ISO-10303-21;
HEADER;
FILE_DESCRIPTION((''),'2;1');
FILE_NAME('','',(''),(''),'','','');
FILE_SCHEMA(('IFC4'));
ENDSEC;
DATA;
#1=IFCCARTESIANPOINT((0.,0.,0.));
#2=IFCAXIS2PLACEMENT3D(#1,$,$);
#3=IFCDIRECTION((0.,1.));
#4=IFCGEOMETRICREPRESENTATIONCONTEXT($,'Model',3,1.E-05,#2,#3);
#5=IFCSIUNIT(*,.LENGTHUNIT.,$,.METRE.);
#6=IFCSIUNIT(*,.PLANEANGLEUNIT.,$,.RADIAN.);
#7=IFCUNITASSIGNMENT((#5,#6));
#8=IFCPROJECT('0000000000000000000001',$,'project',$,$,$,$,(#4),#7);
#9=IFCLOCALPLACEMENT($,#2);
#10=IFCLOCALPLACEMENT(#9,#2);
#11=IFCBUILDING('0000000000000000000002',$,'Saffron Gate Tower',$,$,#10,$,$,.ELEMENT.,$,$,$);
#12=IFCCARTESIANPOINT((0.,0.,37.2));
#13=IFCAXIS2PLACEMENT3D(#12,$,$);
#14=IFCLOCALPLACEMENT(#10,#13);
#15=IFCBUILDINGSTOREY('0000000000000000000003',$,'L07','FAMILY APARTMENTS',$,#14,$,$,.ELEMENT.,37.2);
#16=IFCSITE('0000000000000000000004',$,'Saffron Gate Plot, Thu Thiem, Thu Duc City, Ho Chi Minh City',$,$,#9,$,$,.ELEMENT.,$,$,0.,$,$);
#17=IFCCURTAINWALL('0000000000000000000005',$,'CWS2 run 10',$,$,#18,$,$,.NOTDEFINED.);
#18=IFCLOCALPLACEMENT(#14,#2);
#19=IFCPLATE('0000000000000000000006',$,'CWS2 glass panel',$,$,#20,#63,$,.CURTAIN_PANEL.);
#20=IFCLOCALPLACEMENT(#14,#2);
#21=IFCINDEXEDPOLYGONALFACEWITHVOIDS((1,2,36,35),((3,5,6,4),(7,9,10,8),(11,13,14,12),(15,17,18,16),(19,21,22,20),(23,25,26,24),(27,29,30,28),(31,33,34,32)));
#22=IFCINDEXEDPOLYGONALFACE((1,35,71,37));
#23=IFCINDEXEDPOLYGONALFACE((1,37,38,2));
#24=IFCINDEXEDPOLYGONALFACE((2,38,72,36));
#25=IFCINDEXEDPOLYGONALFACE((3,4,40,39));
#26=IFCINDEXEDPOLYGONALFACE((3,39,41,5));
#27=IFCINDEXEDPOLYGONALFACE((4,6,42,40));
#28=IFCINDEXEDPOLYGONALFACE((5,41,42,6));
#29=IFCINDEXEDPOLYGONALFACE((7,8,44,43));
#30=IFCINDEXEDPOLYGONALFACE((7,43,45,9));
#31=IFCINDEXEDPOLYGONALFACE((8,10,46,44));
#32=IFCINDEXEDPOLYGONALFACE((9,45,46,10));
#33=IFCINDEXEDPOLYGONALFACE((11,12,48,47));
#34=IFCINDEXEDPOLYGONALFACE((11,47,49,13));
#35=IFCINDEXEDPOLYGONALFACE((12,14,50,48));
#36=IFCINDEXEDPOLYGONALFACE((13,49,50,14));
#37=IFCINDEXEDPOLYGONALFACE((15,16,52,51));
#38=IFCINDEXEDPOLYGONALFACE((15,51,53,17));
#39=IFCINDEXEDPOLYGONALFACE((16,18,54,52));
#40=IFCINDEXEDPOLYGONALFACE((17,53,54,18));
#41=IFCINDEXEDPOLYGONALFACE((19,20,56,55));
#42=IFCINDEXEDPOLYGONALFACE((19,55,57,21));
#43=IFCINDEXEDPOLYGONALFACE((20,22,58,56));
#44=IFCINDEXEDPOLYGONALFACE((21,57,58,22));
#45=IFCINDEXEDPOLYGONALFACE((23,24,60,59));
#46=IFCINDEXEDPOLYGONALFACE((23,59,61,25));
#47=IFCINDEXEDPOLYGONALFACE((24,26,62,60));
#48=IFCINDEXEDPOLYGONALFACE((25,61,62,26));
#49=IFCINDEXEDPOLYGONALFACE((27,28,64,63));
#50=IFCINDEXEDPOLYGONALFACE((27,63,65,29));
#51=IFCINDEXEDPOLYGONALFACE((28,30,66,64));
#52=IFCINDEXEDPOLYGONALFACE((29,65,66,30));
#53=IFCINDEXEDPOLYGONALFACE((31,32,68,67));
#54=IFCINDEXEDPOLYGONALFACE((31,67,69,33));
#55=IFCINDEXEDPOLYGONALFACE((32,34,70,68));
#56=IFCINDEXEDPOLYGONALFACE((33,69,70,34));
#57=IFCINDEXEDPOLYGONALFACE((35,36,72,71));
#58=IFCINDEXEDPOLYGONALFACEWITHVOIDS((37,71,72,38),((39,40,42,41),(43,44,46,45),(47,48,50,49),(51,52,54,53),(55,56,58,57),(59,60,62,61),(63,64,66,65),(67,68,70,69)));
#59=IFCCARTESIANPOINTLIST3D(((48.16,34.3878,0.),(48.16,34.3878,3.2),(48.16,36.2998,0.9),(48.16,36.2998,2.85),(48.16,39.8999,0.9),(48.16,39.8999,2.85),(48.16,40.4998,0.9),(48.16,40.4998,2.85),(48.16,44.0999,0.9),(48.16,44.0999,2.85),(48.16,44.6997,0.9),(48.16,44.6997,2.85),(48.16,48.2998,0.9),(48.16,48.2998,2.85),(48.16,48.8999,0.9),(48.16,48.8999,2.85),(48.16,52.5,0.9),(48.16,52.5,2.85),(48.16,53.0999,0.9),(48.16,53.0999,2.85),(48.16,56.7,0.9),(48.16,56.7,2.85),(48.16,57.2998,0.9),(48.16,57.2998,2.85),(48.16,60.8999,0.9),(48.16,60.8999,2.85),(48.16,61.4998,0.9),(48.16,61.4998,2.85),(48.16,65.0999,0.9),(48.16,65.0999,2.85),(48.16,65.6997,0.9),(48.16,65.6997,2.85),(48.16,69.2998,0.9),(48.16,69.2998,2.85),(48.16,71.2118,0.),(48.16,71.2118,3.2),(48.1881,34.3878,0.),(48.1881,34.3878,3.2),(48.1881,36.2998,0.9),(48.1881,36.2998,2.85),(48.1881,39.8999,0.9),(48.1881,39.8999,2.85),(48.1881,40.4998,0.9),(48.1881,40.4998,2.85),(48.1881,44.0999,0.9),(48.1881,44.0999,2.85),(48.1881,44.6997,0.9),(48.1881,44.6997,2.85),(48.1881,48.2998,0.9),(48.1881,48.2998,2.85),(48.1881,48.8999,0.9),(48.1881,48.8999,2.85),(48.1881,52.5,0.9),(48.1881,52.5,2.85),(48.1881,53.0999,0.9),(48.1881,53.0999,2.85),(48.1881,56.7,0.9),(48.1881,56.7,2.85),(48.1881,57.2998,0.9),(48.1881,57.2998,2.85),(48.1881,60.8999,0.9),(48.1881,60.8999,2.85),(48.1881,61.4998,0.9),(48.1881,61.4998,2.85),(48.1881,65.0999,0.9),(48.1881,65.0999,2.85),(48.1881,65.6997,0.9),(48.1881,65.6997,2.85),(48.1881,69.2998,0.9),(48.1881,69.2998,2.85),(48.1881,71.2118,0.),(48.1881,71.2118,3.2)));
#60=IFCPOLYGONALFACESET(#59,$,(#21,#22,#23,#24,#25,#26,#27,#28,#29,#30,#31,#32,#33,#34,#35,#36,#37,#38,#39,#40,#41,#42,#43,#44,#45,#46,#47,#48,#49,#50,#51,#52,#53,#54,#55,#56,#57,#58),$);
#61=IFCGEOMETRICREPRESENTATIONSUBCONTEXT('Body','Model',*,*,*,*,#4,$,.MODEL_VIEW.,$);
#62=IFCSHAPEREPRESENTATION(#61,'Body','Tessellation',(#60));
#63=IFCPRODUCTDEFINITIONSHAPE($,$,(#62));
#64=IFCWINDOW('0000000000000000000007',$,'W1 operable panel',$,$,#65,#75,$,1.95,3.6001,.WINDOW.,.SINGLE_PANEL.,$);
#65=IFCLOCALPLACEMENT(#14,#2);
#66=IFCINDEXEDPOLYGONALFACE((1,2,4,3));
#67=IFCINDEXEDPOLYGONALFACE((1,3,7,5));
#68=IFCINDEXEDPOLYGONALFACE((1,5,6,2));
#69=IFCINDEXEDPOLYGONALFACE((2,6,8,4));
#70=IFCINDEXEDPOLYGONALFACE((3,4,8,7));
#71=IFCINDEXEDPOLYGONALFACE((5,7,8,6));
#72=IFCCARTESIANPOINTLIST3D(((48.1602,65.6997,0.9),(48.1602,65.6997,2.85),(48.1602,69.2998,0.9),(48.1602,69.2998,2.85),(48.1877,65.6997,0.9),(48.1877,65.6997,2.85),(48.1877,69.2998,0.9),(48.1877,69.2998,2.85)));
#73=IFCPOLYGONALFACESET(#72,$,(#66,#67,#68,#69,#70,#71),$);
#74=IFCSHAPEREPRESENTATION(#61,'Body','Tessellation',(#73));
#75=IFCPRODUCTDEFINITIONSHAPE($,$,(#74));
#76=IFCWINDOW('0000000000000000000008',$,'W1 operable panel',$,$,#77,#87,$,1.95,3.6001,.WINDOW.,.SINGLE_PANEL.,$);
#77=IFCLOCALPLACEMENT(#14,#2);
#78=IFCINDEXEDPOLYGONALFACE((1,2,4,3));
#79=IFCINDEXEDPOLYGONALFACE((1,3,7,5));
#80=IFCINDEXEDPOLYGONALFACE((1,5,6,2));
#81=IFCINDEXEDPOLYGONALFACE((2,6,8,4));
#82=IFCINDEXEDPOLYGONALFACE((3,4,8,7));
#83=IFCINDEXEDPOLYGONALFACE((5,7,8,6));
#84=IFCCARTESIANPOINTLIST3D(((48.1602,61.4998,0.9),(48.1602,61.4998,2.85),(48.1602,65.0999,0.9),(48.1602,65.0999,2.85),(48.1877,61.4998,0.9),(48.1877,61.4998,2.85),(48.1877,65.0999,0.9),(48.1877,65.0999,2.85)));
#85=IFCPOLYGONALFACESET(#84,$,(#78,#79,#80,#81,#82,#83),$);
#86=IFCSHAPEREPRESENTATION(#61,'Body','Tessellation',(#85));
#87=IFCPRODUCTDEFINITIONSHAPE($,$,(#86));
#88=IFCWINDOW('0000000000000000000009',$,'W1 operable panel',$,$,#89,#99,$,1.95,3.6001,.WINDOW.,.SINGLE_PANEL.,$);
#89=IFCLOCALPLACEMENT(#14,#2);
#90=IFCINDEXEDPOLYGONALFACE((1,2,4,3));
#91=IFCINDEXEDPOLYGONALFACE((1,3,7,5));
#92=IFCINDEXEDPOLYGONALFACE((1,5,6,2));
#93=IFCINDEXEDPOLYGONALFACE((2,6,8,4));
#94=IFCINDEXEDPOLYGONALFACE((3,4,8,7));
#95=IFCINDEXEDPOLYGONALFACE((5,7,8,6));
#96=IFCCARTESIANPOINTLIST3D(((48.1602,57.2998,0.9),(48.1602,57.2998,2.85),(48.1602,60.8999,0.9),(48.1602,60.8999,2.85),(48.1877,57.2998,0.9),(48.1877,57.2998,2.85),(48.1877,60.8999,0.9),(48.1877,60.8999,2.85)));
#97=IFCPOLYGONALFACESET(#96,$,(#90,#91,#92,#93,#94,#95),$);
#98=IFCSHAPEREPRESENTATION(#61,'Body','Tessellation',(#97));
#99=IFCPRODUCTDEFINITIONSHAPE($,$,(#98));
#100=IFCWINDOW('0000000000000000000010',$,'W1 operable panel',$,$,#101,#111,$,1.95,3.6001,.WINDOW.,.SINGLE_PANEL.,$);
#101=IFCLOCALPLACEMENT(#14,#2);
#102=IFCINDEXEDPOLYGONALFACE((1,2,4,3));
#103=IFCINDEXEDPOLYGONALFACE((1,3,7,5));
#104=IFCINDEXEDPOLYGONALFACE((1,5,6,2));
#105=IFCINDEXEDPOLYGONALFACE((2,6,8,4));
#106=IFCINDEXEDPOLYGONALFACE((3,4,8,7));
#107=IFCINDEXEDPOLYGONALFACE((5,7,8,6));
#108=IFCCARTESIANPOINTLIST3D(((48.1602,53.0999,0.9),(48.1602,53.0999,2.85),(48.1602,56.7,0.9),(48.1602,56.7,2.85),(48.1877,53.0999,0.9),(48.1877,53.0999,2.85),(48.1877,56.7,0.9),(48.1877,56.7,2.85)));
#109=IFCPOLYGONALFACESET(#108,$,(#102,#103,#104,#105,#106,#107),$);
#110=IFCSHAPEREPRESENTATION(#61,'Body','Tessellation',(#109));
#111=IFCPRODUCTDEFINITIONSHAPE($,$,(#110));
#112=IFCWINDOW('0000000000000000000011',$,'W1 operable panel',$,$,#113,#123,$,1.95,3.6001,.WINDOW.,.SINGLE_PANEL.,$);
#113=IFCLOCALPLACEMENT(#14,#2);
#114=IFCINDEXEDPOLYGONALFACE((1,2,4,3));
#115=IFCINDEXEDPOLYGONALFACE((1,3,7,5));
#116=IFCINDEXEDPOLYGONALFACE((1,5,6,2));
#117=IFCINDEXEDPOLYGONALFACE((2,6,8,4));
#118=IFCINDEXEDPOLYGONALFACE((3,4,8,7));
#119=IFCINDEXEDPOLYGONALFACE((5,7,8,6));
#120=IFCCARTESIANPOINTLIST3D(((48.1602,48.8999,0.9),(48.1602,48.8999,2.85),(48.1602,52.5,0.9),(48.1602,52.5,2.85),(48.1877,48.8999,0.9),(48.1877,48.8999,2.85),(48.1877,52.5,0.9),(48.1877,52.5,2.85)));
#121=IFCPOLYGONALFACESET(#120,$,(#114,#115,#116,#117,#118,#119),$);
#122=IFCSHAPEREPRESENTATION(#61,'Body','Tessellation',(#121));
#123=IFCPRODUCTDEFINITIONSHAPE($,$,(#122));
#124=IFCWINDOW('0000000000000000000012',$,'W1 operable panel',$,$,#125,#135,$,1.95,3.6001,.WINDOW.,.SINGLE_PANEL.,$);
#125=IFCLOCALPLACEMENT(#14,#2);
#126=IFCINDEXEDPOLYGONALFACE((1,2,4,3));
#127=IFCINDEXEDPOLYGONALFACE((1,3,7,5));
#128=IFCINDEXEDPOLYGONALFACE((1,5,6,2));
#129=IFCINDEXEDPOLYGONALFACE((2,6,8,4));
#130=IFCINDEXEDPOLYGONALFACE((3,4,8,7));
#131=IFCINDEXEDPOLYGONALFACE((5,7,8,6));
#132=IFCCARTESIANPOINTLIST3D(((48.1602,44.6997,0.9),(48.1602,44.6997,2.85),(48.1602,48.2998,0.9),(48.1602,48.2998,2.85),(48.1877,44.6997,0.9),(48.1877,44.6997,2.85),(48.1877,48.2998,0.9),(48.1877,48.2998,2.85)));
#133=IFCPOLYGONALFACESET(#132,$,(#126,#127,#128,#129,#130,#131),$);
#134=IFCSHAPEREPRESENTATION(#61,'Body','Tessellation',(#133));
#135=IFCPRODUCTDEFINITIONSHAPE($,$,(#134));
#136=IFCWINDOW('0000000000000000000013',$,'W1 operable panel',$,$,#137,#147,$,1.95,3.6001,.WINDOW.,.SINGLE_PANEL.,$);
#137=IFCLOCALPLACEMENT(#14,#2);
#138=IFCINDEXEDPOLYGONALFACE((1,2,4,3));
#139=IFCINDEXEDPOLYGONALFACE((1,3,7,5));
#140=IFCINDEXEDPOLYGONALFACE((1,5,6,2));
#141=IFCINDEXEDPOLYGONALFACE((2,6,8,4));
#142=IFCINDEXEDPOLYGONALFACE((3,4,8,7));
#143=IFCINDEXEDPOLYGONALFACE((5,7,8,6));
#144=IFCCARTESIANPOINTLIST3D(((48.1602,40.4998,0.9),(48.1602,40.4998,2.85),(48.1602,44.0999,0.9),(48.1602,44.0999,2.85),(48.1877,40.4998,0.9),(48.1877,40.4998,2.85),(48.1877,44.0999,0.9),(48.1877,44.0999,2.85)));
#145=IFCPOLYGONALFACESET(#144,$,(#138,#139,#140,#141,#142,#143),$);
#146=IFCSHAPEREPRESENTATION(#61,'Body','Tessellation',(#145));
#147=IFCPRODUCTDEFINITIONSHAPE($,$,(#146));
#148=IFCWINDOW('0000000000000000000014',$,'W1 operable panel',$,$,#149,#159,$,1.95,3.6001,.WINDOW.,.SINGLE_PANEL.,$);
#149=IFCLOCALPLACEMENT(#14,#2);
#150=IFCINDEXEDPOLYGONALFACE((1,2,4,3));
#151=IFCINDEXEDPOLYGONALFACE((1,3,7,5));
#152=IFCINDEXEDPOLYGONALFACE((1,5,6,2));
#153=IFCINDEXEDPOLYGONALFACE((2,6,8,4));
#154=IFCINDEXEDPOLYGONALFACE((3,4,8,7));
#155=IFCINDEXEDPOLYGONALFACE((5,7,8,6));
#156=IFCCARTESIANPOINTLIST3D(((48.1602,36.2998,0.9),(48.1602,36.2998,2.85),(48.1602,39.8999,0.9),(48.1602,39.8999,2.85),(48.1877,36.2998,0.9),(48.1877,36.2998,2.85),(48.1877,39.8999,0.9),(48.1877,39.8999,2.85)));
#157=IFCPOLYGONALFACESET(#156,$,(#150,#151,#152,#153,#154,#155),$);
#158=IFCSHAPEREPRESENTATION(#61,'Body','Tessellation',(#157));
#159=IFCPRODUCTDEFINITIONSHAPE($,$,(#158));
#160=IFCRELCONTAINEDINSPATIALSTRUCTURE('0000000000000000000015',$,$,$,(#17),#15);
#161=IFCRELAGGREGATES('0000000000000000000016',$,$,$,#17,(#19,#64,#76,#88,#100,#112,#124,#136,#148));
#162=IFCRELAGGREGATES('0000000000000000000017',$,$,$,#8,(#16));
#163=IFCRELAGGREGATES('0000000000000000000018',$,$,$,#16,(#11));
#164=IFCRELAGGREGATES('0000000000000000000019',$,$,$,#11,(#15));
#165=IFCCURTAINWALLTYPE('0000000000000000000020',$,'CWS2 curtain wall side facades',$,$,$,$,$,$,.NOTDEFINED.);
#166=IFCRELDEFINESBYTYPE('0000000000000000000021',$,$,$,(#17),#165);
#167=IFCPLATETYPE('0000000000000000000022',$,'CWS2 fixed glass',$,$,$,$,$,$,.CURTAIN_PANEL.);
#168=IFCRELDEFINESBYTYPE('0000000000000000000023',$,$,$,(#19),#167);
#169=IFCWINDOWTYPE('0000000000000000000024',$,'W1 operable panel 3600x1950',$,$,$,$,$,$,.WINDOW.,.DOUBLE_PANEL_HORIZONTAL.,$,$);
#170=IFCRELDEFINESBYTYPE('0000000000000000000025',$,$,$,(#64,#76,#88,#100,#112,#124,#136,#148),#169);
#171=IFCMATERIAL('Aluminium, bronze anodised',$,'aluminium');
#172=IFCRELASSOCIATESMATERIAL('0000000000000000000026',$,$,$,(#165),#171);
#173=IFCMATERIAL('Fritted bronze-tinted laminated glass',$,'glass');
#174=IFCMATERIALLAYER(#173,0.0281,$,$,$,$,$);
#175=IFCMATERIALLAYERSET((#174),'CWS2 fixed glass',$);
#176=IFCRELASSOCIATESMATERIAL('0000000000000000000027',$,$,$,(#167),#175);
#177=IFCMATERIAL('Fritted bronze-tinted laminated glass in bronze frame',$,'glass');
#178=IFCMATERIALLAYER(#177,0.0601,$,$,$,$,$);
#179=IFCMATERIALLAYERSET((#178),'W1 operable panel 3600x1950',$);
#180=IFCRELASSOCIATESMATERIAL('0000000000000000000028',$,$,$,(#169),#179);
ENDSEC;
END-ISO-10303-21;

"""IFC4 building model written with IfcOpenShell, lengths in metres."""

from ifc_helpers import new_model, si_unit, direction, frame, frame_2d, origin, place, context, subcontext, project, spatial, rectangle, extrude, material, layer, layer_set, type_object, element, fill, aggregate, save


model = new_model("IFC4")

# Units and contexts
model_context = context("Model", 3, precision=1e-05, world=origin(), true_north=direction((0.0, 1.0)))
body_context = subcontext(model_context, "Body", "Model", "MODEL_VIEW")
ifc_project = project(units=[si_unit("LENGTHUNIT", "METRE"), si_unit("PLANEANGLEUNIT", "RADIAN")], contexts=[model_context])

# Site, building, storey
site_placement = place(None, origin())
site = spatial("IfcSite", under=ifc_project, at=site_placement, Name="Saffron Gate Plot, Thu Thiem, Thu Duc City, Ho Chi Minh City", CompositionType="ELEMENT", RefElevation=0.0)
building_placement = place(site_placement, origin())
building = spatial("IfcBuilding", under=site, at=building_placement, Name="Saffron Gate Tower", CompositionType="ELEMENT")
storey_placement = place(building_placement, frame((0.0, 0.0, 37.2)))
storey = spatial("IfcBuildingStorey", under=building, at=storey_placement, Name="L07", Description="FAMILY APARTMENTS", CompositionType="ELEMENT", Elevation=37.2)

# Curtain wall
ifc_material_1 = material(Name="Aluminium, bronze anodised", Category="aluminium")
curtain_wall_type_1 = type_object("IfcCurtainWallType", Name="CWS2 curtain wall side facades", PredefinedType="NOTDEFINED", material=ifc_material_1)
curtain_wall_1_placement = place(storey_placement, origin())
curtain_wall_1 = element("IfcCurtainWall", 1, at=curtain_wall_1_placement, inside=storey, type_object=curtain_wall_type_1, Name="CWS2 run 10", PredefinedType="NOTDEFINED")

# Plate, openings, windows
ifc_material_2 = material(Name="Fritted bronze-tinted laminated glass", Category="glass")
ifc_layer_1 = layer(ifc_material_2, 0.0281)
ifc_layer_set_1 = layer_set([ifc_layer_1], Name="CWS2 fixed glass")
plate_type_1 = type_object("IfcPlateType", Name="CWS2 fixed glass", PredefinedType="CURTAIN_PANEL", material=ifc_layer_set_1)
plate_1_placement = place(storey_placement, frame((48.1741, 71.2119, 0.0), z_axis=(0.0, 0.0, 1.0), x_axis=(0.0, -1.0, 0.0)))
plate_1 = element("IfcPlate", 2, at=plate_1_placement, type_object=plate_type_1, Name="CWS2 glass panel", PredefinedType="CURTAIN_PANEL", context=body_context, shape_type="SweptSolid", body=[
    extrude(rectangle(XDim=36.824, YDim=0.0281, at=frame_2d((18.4121, 0.0))), origin(), (0.0, 0.0, 1.0), 3.2),
])
opening_1_placement = place(plate_1_placement, frame((1.9121, 0.0, 0.8999)))
opening_1 = element("IfcOpeningElement", 3, at=opening_1_placement, cuts=plate_1, PredefinedType="OPENING", context=body_context, shape_type="SweptSolid", body=[
    extrude(rectangle(XDim=3.6001, YDim=1.95, at=frame_2d((1.8, 0.9751))), frame((0.0, 0.0239, 0.0), z_axis=(0.0, -1.0, 0.0), x_axis=(1.0, 0.0, 0.0)), (0.0, 0.0, 1.0), 0.0481),
])
opening_2_placement = place(plate_1_placement, frame((6.1121, 0.0, 0.8999)))
opening_2 = element("IfcOpeningElement", 4, at=opening_2_placement, cuts=plate_1, PredefinedType="OPENING", context=body_context, shape_type="SweptSolid", body=[
    extrude(rectangle(XDim=3.6001, YDim=1.95, at=frame_2d((1.8, 0.9751))), frame((0.0, 0.0239, 0.0), z_axis=(0.0, -1.0, 0.0), x_axis=(1.0, 0.0, 0.0)), (0.0, 0.0, 1.0), 0.0481),
])
opening_3_placement = place(plate_1_placement, frame((10.312, 0.0, 0.8999)))
opening_3 = element("IfcOpeningElement", 5, at=opening_3_placement, cuts=plate_1, PredefinedType="OPENING", context=body_context, shape_type="SweptSolid", body=[
    extrude(rectangle(XDim=3.6001, YDim=1.95, at=frame_2d((1.8, 0.9751))), frame((0.0, 0.0239, 0.0), z_axis=(0.0, -1.0, 0.0), x_axis=(1.0, 0.0, 0.0)), (0.0, 0.0, 1.0), 0.0481),
])
opening_4_placement = place(plate_1_placement, frame((14.512, 0.0, 0.8999)))
opening_4 = element("IfcOpeningElement", 6, at=opening_4_placement, cuts=plate_1, PredefinedType="OPENING", context=body_context, shape_type="SweptSolid", body=[
    extrude(rectangle(XDim=3.6001, YDim=1.95, at=frame_2d((1.8, 0.9751))), frame((0.0, 0.0239, 0.0), z_axis=(0.0, -1.0, 0.0), x_axis=(1.0, 0.0, 0.0)), (0.0, 0.0, 1.0), 0.0481),
])
opening_5_placement = place(plate_1_placement, frame((18.7119, 0.0, 0.8999)))
opening_5 = element("IfcOpeningElement", 7, at=opening_5_placement, cuts=plate_1, PredefinedType="OPENING", context=body_context, shape_type="SweptSolid", body=[
    extrude(rectangle(XDim=3.6001, YDim=1.95, at=frame_2d((1.8, 0.9751))), frame((0.0, 0.0239, 0.0), z_axis=(0.0, -1.0, 0.0), x_axis=(1.0, 0.0, 0.0)), (0.0, 0.0, 1.0), 0.0481),
])
opening_6_placement = place(plate_1_placement, frame((22.9121, 0.0, 0.8999)))
opening_6 = element("IfcOpeningElement", 8, at=opening_6_placement, cuts=plate_1, PredefinedType="OPENING", context=body_context, shape_type="SweptSolid", body=[
    extrude(rectangle(XDim=3.6001, YDim=1.95, at=frame_2d((1.8, 0.9751))), frame((0.0, 0.0239, 0.0), z_axis=(0.0, -1.0, 0.0), x_axis=(1.0, 0.0, 0.0)), (0.0, 0.0, 1.0), 0.0481),
])
opening_7_placement = place(plate_1_placement, frame((27.1121, 0.0, 0.8999)))
opening_7 = element("IfcOpeningElement", 9, at=opening_7_placement, cuts=plate_1, PredefinedType="OPENING", context=body_context, shape_type="SweptSolid", body=[
    extrude(rectangle(XDim=3.6001, YDim=1.95, at=frame_2d((1.8, 0.9751))), frame((0.0, 0.0239, 0.0), z_axis=(0.0, -1.0, 0.0), x_axis=(1.0, 0.0, 0.0)), (0.0, 0.0, 1.0), 0.0481),
])
opening_8_placement = place(plate_1_placement, frame((31.312, 0.0, 0.8999)))
opening_8 = element("IfcOpeningElement", 10, at=opening_8_placement, cuts=plate_1, PredefinedType="OPENING", context=body_context, shape_type="SweptSolid", body=[
    extrude(rectangle(XDim=3.6001, YDim=1.95, at=frame_2d((1.8, 0.9751))), frame((0.0, 0.0239, 0.0), z_axis=(0.0, -1.0, 0.0), x_axis=(1.0, 0.0, 0.0)), (0.0, 0.0, 1.0), 0.0481),
])
ifc_material_3 = material(Name="Fritted bronze-tinted laminated glass in bronze frame", Category="glass")
ifc_layer_2 = layer(ifc_material_3, 0.0601)
ifc_layer_set_2 = layer_set([ifc_layer_2], Name="W1 operable panel 3600x1950")
window_type = type_object("IfcWindowType", Name="W1 operable panel 3600x1950", PartitioningType="DOUBLE_PANEL_HORIZONTAL", PredefinedType="WINDOW", material=ifc_layer_set_2)
window_1_placement = place(opening_1_placement, origin())
window_1 = element("IfcWindow", 11, at=window_1_placement, type_object=window_type, Name="W1 operable panel", OverallHeight=1.95, OverallWidth=3.6001, PartitioningType="SINGLE_PANEL", PredefinedType="WINDOW", context=body_context, shape_type="SweptSolid", body=[
    extrude(rectangle(XDim=3.6001, YDim=1.95, at=frame_2d((1.8, 0.9751))), frame((0.0, 0.0137, 0.0), z_axis=(0.0, -1.0, 0.0), x_axis=(1.0, 0.0, 0.0)), (0.0, 0.0, 1.0), 0.0276),
])
fill(opening_1, window_1)
window_2_placement = place(opening_2_placement, origin())
window_2 = element("IfcWindow", 12, at=window_2_placement, type_object=window_type, Name="W1 operable panel", OverallHeight=1.95, OverallWidth=3.6001, PartitioningType="SINGLE_PANEL", PredefinedType="WINDOW", context=body_context, shape_type="SweptSolid", body=[
    extrude(rectangle(XDim=3.6001, YDim=1.95, at=frame_2d((1.8, 0.9751))), frame((0.0, 0.0137, 0.0), z_axis=(0.0, -1.0, 0.0), x_axis=(1.0, 0.0, 0.0)), (0.0, 0.0, 1.0), 0.0276),
])
fill(opening_2, window_2)
window_3_placement = place(opening_3_placement, origin())
window_3 = element("IfcWindow", 13, at=window_3_placement, type_object=window_type, Name="W1 operable panel", OverallHeight=1.95, OverallWidth=3.6001, PartitioningType="SINGLE_PANEL", PredefinedType="WINDOW", context=body_context, shape_type="SweptSolid", body=[
    extrude(rectangle(XDim=3.6001, YDim=1.95, at=frame_2d((1.8, 0.9751))), frame((0.0, 0.0137, 0.0), z_axis=(0.0, -1.0, 0.0), x_axis=(1.0, 0.0, 0.0)), (0.0, 0.0, 1.0), 0.0276),
])
fill(opening_3, window_3)
window_4_placement = place(opening_4_placement, origin())
window_4 = element("IfcWindow", 14, at=window_4_placement, type_object=window_type, Name="W1 operable panel", OverallHeight=1.95, OverallWidth=3.6001, PartitioningType="SINGLE_PANEL", PredefinedType="WINDOW", context=body_context, shape_type="SweptSolid", body=[
    extrude(rectangle(XDim=3.6001, YDim=1.95, at=frame_2d((1.8, 0.9751))), frame((0.0, 0.0137, 0.0), z_axis=(0.0, -1.0, 0.0), x_axis=(1.0, 0.0, 0.0)), (0.0, 0.0, 1.0), 0.0276),
])
fill(opening_4, window_4)
window_5_placement = place(opening_5_placement, origin())
window_5 = element("IfcWindow", 15, at=window_5_placement, type_object=window_type, Name="W1 operable panel", OverallHeight=1.95, OverallWidth=3.6001, PartitioningType="SINGLE_PANEL", PredefinedType="WINDOW", context=body_context, shape_type="SweptSolid", body=[
    extrude(rectangle(XDim=3.6001, YDim=1.95, at=frame_2d((1.8, 0.9751))), frame((0.0, 0.0137, 0.0), z_axis=(0.0, -1.0, 0.0), x_axis=(1.0, 0.0, 0.0)), (0.0, 0.0, 1.0), 0.0276),
])
fill(opening_5, window_5)
window_6_placement = place(opening_6_placement, origin())
window_6 = element("IfcWindow", 16, at=window_6_placement, type_object=window_type, Name="W1 operable panel", OverallHeight=1.95, OverallWidth=3.6001, PartitioningType="SINGLE_PANEL", PredefinedType="WINDOW", context=body_context, shape_type="SweptSolid", body=[
    extrude(rectangle(XDim=3.6001, YDim=1.95, at=frame_2d((1.8, 0.9751))), frame((0.0, 0.0137, 0.0), z_axis=(0.0, -1.0, 0.0), x_axis=(1.0, 0.0, 0.0)), (0.0, 0.0, 1.0), 0.0276),
])
fill(opening_6, window_6)
window_7_placement = place(opening_7_placement, origin())
window_7 = element("IfcWindow", 17, at=window_7_placement, type_object=window_type, Name="W1 operable panel", OverallHeight=1.95, OverallWidth=3.6001, PartitioningType="SINGLE_PANEL", PredefinedType="WINDOW", context=body_context, shape_type="SweptSolid", body=[
    extrude(rectangle(XDim=3.6001, YDim=1.95, at=frame_2d((1.8, 0.9751))), frame((0.0, 0.0137, 0.0), z_axis=(0.0, -1.0, 0.0), x_axis=(1.0, 0.0, 0.0)), (0.0, 0.0, 1.0), 0.0276),
])
fill(opening_7, window_7)
window_8_placement = place(opening_8_placement, origin())
window_8 = element("IfcWindow", 18, at=window_8_placement, type_object=window_type, Name="W1 operable panel", OverallHeight=1.95, OverallWidth=3.6001, PartitioningType="SINGLE_PANEL", PredefinedType="WINDOW", context=body_context, shape_type="SweptSolid", body=[
    extrude(rectangle(XDim=3.6001, YDim=1.95, at=frame_2d((1.8, 0.9751))), frame((0.0, 0.0137, 0.0), z_axis=(0.0, -1.0, 0.0), x_axis=(1.0, 0.0, 0.0)), (0.0, 0.0, 1.0), 0.0276),
])
fill(opening_8, window_8)
aggregate(curtain_wall_1, [plate_1, window_1, window_2, window_3, window_4, window_5, window_6, window_7, window_8])

save(model, "model.ifc")
